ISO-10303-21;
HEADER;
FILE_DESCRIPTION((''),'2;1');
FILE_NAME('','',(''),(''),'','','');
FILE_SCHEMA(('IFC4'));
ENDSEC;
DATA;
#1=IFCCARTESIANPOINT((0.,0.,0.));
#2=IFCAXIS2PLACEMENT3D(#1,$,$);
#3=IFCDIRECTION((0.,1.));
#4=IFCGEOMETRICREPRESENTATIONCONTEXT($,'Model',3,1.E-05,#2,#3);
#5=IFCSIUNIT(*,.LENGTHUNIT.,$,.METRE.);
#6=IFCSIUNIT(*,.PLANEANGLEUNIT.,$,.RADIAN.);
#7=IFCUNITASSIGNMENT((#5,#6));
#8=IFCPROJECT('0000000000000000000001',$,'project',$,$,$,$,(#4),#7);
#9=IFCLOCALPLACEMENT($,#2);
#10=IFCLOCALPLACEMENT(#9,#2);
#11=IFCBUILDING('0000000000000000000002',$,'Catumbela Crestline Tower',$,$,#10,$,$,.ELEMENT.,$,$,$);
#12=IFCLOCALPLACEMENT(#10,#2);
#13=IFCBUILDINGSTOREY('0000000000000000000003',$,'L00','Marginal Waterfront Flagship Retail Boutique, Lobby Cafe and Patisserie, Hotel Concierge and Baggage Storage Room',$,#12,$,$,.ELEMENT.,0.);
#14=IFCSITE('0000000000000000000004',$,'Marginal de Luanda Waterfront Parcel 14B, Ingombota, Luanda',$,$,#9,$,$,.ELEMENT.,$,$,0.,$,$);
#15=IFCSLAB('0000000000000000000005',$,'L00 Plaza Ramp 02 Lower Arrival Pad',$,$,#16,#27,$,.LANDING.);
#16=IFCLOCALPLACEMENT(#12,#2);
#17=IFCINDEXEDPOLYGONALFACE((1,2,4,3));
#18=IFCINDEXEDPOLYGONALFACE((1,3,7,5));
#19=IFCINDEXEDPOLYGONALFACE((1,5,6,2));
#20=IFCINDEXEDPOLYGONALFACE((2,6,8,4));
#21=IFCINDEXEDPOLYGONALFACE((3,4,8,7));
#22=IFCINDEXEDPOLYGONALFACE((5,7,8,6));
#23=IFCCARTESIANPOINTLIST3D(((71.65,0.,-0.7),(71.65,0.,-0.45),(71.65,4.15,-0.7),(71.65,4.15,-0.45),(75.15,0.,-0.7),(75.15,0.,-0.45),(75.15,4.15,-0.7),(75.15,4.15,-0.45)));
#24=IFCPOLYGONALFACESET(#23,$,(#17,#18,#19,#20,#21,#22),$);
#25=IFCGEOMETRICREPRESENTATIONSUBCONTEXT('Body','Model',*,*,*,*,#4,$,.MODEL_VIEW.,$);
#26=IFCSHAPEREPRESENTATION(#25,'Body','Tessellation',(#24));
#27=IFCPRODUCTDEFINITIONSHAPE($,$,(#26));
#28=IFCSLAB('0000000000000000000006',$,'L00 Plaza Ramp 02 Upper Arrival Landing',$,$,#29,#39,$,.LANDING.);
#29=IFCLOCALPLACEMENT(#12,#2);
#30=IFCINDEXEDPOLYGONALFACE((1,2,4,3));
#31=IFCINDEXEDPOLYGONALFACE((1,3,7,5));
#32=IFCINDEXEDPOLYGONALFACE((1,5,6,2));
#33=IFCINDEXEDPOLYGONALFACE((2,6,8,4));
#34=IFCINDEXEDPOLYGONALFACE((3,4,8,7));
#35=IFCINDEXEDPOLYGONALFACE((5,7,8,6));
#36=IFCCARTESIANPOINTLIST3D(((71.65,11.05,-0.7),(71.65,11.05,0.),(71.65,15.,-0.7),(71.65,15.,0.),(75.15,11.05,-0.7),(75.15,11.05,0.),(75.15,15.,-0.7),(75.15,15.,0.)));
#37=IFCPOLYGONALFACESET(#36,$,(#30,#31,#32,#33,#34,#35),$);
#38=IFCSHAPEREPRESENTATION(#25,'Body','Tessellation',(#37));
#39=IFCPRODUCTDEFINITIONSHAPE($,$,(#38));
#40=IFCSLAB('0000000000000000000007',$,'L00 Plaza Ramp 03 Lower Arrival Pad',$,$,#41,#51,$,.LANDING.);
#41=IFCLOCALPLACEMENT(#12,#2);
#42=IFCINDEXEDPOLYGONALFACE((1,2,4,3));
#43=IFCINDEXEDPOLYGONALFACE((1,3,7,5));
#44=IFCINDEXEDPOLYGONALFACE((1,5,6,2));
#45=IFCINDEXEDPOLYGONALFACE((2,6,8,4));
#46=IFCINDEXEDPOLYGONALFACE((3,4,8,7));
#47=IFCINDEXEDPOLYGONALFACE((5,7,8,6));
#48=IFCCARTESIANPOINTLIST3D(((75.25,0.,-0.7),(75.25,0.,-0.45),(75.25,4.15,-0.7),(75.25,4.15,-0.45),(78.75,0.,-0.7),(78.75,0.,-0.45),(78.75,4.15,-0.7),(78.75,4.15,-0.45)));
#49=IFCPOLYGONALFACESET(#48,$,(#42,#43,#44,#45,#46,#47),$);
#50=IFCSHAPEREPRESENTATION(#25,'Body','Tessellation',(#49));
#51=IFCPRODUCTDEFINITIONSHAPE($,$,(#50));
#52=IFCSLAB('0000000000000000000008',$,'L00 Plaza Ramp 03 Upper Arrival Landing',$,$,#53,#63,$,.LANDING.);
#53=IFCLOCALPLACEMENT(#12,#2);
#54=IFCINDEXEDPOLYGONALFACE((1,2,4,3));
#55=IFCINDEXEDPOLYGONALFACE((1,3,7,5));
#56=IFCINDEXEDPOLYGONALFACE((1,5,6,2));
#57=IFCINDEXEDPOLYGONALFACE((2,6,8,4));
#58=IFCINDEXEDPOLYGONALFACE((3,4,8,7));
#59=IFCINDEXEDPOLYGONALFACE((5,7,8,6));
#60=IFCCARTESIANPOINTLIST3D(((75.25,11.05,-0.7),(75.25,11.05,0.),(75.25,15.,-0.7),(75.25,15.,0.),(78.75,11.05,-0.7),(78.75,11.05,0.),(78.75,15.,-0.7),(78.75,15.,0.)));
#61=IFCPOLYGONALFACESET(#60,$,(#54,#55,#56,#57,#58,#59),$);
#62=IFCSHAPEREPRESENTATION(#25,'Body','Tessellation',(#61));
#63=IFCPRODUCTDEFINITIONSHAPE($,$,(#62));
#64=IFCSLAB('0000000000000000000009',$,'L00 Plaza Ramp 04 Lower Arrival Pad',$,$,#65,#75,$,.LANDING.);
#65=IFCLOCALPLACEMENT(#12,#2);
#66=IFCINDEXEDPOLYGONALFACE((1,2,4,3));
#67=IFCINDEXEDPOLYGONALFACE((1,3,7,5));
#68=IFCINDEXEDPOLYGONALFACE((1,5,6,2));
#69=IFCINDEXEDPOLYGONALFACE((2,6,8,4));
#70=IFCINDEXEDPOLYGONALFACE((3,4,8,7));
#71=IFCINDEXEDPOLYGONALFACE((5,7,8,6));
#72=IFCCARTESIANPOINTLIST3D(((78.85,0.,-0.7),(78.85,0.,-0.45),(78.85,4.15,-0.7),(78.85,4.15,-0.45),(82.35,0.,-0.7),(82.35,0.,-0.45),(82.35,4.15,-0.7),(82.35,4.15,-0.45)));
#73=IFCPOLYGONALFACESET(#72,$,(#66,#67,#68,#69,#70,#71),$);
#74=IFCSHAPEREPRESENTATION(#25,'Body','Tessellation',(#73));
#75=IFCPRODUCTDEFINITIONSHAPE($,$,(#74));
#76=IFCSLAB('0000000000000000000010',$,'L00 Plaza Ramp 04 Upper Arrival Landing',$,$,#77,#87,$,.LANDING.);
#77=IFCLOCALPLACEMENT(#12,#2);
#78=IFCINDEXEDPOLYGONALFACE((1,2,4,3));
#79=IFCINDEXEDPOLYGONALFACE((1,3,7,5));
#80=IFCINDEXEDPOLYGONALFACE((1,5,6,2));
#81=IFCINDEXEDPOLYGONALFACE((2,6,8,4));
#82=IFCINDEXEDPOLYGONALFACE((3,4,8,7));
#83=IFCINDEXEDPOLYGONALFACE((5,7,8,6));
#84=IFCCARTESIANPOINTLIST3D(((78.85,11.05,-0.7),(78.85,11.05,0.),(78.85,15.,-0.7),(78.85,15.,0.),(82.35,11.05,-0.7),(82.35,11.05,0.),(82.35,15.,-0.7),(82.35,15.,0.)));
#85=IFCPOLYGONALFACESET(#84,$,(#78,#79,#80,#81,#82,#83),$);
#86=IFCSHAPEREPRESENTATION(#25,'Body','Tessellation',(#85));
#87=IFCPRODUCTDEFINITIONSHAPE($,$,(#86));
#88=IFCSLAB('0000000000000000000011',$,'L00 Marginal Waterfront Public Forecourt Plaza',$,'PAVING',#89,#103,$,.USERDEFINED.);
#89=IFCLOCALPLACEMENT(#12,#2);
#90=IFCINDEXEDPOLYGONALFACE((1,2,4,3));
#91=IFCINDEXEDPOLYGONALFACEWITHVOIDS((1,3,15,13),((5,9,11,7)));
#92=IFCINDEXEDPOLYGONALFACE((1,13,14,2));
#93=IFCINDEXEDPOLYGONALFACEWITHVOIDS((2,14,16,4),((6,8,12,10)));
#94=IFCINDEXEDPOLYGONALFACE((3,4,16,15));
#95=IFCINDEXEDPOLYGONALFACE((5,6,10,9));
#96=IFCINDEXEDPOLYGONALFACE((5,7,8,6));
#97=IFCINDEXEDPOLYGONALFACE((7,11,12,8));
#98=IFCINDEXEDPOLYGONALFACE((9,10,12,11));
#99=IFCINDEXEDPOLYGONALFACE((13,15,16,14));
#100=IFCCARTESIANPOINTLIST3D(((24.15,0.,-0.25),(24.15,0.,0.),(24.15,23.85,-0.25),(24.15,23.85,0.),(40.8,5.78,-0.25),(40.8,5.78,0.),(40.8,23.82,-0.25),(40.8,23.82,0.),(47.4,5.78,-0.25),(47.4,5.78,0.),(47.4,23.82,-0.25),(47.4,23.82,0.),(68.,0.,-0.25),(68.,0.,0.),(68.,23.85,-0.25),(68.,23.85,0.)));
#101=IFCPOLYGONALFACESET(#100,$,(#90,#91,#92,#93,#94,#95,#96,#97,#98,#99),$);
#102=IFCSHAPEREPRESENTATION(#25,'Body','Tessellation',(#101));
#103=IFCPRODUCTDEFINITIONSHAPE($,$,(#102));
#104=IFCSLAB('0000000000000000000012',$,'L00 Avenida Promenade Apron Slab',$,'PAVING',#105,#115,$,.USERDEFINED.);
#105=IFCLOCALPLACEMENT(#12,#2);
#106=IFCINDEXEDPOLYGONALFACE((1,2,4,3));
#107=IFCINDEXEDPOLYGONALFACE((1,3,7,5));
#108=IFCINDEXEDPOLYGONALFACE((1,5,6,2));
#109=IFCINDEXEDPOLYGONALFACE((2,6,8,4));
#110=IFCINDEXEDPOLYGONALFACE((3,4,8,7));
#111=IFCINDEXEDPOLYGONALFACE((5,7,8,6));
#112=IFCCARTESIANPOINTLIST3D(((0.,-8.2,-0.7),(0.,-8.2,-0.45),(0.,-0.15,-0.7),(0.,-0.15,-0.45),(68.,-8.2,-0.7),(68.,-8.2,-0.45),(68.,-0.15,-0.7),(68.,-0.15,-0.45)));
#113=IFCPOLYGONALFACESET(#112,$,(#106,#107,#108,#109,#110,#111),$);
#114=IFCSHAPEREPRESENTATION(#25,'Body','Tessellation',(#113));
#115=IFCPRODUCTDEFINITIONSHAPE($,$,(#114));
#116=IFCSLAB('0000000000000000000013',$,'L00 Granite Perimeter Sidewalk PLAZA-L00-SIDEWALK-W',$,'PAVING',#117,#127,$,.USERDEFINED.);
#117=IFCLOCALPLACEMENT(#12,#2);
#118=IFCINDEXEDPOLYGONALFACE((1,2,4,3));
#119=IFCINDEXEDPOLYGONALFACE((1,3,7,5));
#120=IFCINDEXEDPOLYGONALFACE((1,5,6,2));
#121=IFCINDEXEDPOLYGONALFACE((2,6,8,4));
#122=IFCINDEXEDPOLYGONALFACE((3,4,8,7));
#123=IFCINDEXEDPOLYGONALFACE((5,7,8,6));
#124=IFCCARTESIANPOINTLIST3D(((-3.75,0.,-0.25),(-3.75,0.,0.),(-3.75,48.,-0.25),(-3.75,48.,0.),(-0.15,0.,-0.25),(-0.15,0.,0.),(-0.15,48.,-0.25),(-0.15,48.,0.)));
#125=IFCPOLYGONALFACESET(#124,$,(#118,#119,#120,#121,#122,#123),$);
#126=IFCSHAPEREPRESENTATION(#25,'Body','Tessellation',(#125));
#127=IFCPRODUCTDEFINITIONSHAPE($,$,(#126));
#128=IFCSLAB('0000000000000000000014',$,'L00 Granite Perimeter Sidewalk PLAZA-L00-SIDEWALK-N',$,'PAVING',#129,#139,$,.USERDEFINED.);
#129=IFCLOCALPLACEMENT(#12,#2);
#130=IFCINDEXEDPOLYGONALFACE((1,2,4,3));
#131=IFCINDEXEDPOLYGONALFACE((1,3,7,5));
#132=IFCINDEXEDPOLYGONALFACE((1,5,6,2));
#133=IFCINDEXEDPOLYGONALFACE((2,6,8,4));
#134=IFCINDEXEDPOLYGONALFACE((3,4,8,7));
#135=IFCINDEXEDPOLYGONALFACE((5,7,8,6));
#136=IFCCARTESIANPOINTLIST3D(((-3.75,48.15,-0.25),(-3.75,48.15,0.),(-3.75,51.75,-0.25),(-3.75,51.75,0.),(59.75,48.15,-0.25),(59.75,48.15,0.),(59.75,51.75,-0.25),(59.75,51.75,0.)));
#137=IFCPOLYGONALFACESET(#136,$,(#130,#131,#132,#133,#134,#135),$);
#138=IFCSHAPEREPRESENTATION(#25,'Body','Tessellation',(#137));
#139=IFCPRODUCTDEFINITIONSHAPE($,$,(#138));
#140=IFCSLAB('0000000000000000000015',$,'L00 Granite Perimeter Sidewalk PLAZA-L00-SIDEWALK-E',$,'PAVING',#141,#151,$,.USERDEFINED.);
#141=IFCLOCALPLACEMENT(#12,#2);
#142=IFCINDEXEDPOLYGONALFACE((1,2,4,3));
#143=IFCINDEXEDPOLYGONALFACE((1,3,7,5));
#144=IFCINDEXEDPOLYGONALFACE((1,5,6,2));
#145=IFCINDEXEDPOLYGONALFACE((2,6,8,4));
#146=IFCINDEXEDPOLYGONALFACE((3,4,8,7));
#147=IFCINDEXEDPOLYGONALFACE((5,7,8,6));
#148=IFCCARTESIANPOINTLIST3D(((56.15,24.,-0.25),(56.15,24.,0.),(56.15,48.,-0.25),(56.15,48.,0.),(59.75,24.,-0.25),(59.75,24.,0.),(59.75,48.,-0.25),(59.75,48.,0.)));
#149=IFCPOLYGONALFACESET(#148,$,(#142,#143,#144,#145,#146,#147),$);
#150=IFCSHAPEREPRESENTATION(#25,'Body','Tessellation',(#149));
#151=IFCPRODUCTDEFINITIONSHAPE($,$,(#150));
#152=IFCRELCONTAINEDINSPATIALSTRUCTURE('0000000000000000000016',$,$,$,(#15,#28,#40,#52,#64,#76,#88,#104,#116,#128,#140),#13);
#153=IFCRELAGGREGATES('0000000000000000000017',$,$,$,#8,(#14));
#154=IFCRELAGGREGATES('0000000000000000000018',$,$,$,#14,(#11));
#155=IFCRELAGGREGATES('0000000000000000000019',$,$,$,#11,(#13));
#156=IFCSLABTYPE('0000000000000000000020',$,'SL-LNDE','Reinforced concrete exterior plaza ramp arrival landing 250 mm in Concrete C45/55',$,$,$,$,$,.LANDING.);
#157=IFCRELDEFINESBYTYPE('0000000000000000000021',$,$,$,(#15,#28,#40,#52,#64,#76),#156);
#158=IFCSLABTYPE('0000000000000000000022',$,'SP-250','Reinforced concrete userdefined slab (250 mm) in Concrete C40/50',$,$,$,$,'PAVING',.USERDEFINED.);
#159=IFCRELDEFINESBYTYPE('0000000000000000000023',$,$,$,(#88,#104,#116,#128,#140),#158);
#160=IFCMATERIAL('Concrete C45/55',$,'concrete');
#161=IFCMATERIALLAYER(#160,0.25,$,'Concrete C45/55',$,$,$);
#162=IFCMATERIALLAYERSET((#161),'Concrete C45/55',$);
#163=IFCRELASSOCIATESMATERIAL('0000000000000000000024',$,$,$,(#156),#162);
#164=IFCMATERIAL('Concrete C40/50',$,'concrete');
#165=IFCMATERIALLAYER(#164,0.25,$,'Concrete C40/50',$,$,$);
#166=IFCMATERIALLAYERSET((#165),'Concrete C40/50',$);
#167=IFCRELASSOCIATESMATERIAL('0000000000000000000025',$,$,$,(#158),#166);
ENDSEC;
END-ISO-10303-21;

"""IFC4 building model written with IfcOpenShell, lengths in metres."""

from ifc_helpers import new_model, si_unit, direction, frame, origin, place, context, subcontext, project, spatial, polyline, outline, extrude, material, layer, layer_set, type_object, element, save


model = new_model("IFC4")

# Units and contexts
model_context = context("Model", 3, precision=1e-05, world=origin(), true_north=direction((0.0, 1.0)))
body_context = subcontext(model_context, "Body", "Model", "MODEL_VIEW")
ifc_project = project(units=[si_unit("LENGTHUNIT", "METRE"), si_unit("PLANEANGLEUNIT", "RADIAN")], contexts=[model_context])

# Site, building, storey
site_placement = place(None, origin())
site = spatial("IfcSite", under=ifc_project, at=site_placement, Name="Marginal de Luanda Waterfront Parcel 14B, Ingombota, Luanda", CompositionType="ELEMENT", RefElevation=0.0)
building_placement = place(site_placement, origin())
building = spatial("IfcBuilding", under=site, at=building_placement, Name="Catumbela Crestline Tower", CompositionType="ELEMENT")
storey_placement = place(building_placement, origin())
storey = spatial("IfcBuildingStorey", under=building, at=storey_placement, Name="L00", Description="Marginal Waterfront Flagship Retail Boutique, Lobby Cafe and Patisserie, Hotel Concierge and Baggage Storage Room", CompositionType="ELEMENT", Elevation=0.0)

# Shared definitions
ifc_material_1 = material(Name="Concrete C45/55", Category="concrete")

# Slabs
ifc_layer_1 = layer(ifc_material_1, 0.25, Name="Concrete C45/55")
ifc_layer_set_1 = layer_set([ifc_layer_1], Name="Concrete C45/55")
slab_type_1 = type_object("IfcSlabType", Name="SL-LNDE", Description="Reinforced concrete exterior plaza ramp arrival landing 250 mm in Concrete C45/55", PredefinedType="LANDING", material=ifc_layer_set_1)
slab_1_placement = place(storey_placement, frame((0.0, 0.0, -0.7)))
element("IfcSlab", 1, at=slab_1_placement, inside=storey, type_object=slab_type_1, Name="L00 Plaza Ramp 02 Lower Arrival Pad", PredefinedType="LANDING", context=body_context, shape_type="SweptSolid", body=[
    extrude(outline(polyline([(71.65, 0.0), (75.15, 0.0), (75.15, 4.15), (71.65, 4.15), (71.65, 0.0)])), origin(), (0.0, 0.0, 1.0), 0.25),
])
slab_2_placement = place(storey_placement, frame((0.0, 0.0, -0.7)))
element("IfcSlab", 2, at=slab_2_placement, inside=storey, type_object=slab_type_1, Name="L00 Plaza Ramp 02 Upper Arrival Landing", PredefinedType="LANDING", context=body_context, shape_type="SweptSolid", body=[
    extrude(outline(polyline([(71.65, 11.05), (75.15, 11.05), (75.15, 15.0), (71.65, 15.0), (71.65, 11.05)])), origin(), (0.0, 0.0, 1.0), 0.7),
])
slab_3_placement = place(storey_placement, frame((0.0, 0.0, -0.7)))
element("IfcSlab", 3, at=slab_3_placement, inside=storey, type_object=slab_type_1, Name="L00 Plaza Ramp 03 Lower Arrival Pad", PredefinedType="LANDING", context=body_context, shape_type="SweptSolid", body=[
    extrude(outline(polyline([(75.25, 0.0), (78.75, 0.0), (78.75, 4.15), (75.25, 4.15), (75.25, 0.0)])), origin(), (0.0, 0.0, 1.0), 0.25),
])
slab_4_placement = place(storey_placement, frame((0.0, 0.0, -0.7)))
element("IfcSlab", 4, at=slab_4_placement, inside=storey, type_object=slab_type_1, Name="L00 Plaza Ramp 03 Upper Arrival Landing", PredefinedType="LANDING", context=body_context, shape_type="SweptSolid", body=[
    extrude(outline(polyline([(75.25, 11.05), (78.75, 11.05), (78.75, 15.0), (75.25, 15.0), (75.25, 11.05)])), origin(), (0.0, 0.0, 1.0), 0.7),
])
slab_5_placement = place(storey_placement, frame((0.0, 0.0, -0.7)))
element("IfcSlab", 5, at=slab_5_placement, inside=storey, type_object=slab_type_1, Name="L00 Plaza Ramp 04 Lower Arrival Pad", PredefinedType="LANDING", context=body_context, shape_type="SweptSolid", body=[
    extrude(outline(polyline([(78.85, 0.0), (82.35, 0.0), (82.35, 4.15), (78.85, 4.15), (78.85, 0.0)])), origin(), (0.0, 0.0, 1.0), 0.25),
])
slab_6_placement = place(storey_placement, frame((0.0, 0.0, -0.7)))
element("IfcSlab", 6, at=slab_6_placement, inside=storey, type_object=slab_type_1, Name="L00 Plaza Ramp 04 Upper Arrival Landing", PredefinedType="LANDING", context=body_context, shape_type="SweptSolid", body=[
    extrude(outline(polyline([(78.85, 11.05), (82.35, 11.05), (82.35, 15.0), (78.85, 15.0), (78.85, 11.05)])), origin(), (0.0, 0.0, 1.0), 0.7),
])
ifc_material_2 = material(Name="Concrete C40/50", Category="concrete")
ifc_layer_2 = layer(ifc_material_2, 0.25, Name="Concrete C40/50")
ifc_layer_set_2 = layer_set([ifc_layer_2], Name="Concrete C40/50")
slab_type_2 = type_object("IfcSlabType", Name="SP-250", Description="Reinforced concrete userdefined slab (250 mm) in Concrete C40/50", ElementType="PAVING", PredefinedType="USERDEFINED", material=ifc_layer_set_2)
slab_7_placement = place(storey_placement, frame((0.0, 0.0, -0.25)))
element("IfcSlab", 7, at=slab_7_placement, inside=storey, type_object=slab_type_2, Name="L00 Marginal Waterfront Public Forecourt Plaza", ObjectType="PAVING", PredefinedType="USERDEFINED", context=body_context, shape_type="SweptSolid", body=[
    extrude(outline(polyline([(24.15, 0.0), (68.0, 0.0), (68.0, 23.85), (24.15, 23.85), (24.15, 0.0)]), holes=[polyline([(40.8, 5.78), (47.4, 5.78), (47.4, 23.82), (40.8, 23.82), (40.8, 5.78)])]), origin(), (0.0, 0.0, 1.0), 0.25),
])
slab_8_placement = place(storey_placement, frame((0.0, 0.0, -0.7)))
element("IfcSlab", 8, at=slab_8_placement, inside=storey, type_object=slab_type_2, Name="L00 Avenida Promenade Apron Slab", ObjectType="PAVING", PredefinedType="USERDEFINED", context=body_context, shape_type="SweptSolid", body=[
    extrude(outline(polyline([(0.0, -8.2), (68.0, -8.2), (68.0, -0.15), (0.0, -0.15), (0.0, -8.2)])), origin(), (0.0, 0.0, 1.0), 0.25),
])
slab_9_placement = place(storey_placement, frame((0.0, 0.0, -0.25)))
element("IfcSlab", 9, at=slab_9_placement, inside=storey, type_object=slab_type_2, Name="L00 Granite Perimeter Sidewalk PLAZA-L00-SIDEWALK-W", ObjectType="PAVING", PredefinedType="USERDEFINED", context=body_context, shape_type="SweptSolid", body=[
    extrude(outline(polyline([(-3.75, 0.0), (-0.15, 0.0), (-0.15, 48.0), (-3.75, 48.0), (-3.75, 0.0)])), origin(), (0.0, 0.0, 1.0), 0.25),
])
slab_10_placement = place(storey_placement, frame((0.0, 0.0, -0.25)))
element("IfcSlab", 10, at=slab_10_placement, inside=storey, type_object=slab_type_2, Name="L00 Granite Perimeter Sidewalk PLAZA-L00-SIDEWALK-N", ObjectType="PAVING", PredefinedType="USERDEFINED", context=body_context, shape_type="SweptSolid", body=[
    extrude(outline(polyline([(-3.75, 48.15), (59.75, 48.15), (59.75, 51.75), (-3.75, 51.75), (-3.75, 48.15)])), origin(), (0.0, 0.0, 1.0), 0.25),
])
slab_11_placement = place(storey_placement, frame((0.0, 0.0, -0.25)))
element("IfcSlab", 11, at=slab_11_placement, inside=storey, type_object=slab_type_2, Name="L00 Granite Perimeter Sidewalk PLAZA-L00-SIDEWALK-E", ObjectType="PAVING", PredefinedType="USERDEFINED", context=body_context, shape_type="SweptSolid", body=[
    extrude(outline(polyline([(56.15, 24.0), (59.75, 24.0), (59.75, 48.0), (56.15, 48.0), (56.15, 24.0)])), origin(), (0.0, 0.0, 1.0), 0.25),
])

save(model, "model.ifc")
